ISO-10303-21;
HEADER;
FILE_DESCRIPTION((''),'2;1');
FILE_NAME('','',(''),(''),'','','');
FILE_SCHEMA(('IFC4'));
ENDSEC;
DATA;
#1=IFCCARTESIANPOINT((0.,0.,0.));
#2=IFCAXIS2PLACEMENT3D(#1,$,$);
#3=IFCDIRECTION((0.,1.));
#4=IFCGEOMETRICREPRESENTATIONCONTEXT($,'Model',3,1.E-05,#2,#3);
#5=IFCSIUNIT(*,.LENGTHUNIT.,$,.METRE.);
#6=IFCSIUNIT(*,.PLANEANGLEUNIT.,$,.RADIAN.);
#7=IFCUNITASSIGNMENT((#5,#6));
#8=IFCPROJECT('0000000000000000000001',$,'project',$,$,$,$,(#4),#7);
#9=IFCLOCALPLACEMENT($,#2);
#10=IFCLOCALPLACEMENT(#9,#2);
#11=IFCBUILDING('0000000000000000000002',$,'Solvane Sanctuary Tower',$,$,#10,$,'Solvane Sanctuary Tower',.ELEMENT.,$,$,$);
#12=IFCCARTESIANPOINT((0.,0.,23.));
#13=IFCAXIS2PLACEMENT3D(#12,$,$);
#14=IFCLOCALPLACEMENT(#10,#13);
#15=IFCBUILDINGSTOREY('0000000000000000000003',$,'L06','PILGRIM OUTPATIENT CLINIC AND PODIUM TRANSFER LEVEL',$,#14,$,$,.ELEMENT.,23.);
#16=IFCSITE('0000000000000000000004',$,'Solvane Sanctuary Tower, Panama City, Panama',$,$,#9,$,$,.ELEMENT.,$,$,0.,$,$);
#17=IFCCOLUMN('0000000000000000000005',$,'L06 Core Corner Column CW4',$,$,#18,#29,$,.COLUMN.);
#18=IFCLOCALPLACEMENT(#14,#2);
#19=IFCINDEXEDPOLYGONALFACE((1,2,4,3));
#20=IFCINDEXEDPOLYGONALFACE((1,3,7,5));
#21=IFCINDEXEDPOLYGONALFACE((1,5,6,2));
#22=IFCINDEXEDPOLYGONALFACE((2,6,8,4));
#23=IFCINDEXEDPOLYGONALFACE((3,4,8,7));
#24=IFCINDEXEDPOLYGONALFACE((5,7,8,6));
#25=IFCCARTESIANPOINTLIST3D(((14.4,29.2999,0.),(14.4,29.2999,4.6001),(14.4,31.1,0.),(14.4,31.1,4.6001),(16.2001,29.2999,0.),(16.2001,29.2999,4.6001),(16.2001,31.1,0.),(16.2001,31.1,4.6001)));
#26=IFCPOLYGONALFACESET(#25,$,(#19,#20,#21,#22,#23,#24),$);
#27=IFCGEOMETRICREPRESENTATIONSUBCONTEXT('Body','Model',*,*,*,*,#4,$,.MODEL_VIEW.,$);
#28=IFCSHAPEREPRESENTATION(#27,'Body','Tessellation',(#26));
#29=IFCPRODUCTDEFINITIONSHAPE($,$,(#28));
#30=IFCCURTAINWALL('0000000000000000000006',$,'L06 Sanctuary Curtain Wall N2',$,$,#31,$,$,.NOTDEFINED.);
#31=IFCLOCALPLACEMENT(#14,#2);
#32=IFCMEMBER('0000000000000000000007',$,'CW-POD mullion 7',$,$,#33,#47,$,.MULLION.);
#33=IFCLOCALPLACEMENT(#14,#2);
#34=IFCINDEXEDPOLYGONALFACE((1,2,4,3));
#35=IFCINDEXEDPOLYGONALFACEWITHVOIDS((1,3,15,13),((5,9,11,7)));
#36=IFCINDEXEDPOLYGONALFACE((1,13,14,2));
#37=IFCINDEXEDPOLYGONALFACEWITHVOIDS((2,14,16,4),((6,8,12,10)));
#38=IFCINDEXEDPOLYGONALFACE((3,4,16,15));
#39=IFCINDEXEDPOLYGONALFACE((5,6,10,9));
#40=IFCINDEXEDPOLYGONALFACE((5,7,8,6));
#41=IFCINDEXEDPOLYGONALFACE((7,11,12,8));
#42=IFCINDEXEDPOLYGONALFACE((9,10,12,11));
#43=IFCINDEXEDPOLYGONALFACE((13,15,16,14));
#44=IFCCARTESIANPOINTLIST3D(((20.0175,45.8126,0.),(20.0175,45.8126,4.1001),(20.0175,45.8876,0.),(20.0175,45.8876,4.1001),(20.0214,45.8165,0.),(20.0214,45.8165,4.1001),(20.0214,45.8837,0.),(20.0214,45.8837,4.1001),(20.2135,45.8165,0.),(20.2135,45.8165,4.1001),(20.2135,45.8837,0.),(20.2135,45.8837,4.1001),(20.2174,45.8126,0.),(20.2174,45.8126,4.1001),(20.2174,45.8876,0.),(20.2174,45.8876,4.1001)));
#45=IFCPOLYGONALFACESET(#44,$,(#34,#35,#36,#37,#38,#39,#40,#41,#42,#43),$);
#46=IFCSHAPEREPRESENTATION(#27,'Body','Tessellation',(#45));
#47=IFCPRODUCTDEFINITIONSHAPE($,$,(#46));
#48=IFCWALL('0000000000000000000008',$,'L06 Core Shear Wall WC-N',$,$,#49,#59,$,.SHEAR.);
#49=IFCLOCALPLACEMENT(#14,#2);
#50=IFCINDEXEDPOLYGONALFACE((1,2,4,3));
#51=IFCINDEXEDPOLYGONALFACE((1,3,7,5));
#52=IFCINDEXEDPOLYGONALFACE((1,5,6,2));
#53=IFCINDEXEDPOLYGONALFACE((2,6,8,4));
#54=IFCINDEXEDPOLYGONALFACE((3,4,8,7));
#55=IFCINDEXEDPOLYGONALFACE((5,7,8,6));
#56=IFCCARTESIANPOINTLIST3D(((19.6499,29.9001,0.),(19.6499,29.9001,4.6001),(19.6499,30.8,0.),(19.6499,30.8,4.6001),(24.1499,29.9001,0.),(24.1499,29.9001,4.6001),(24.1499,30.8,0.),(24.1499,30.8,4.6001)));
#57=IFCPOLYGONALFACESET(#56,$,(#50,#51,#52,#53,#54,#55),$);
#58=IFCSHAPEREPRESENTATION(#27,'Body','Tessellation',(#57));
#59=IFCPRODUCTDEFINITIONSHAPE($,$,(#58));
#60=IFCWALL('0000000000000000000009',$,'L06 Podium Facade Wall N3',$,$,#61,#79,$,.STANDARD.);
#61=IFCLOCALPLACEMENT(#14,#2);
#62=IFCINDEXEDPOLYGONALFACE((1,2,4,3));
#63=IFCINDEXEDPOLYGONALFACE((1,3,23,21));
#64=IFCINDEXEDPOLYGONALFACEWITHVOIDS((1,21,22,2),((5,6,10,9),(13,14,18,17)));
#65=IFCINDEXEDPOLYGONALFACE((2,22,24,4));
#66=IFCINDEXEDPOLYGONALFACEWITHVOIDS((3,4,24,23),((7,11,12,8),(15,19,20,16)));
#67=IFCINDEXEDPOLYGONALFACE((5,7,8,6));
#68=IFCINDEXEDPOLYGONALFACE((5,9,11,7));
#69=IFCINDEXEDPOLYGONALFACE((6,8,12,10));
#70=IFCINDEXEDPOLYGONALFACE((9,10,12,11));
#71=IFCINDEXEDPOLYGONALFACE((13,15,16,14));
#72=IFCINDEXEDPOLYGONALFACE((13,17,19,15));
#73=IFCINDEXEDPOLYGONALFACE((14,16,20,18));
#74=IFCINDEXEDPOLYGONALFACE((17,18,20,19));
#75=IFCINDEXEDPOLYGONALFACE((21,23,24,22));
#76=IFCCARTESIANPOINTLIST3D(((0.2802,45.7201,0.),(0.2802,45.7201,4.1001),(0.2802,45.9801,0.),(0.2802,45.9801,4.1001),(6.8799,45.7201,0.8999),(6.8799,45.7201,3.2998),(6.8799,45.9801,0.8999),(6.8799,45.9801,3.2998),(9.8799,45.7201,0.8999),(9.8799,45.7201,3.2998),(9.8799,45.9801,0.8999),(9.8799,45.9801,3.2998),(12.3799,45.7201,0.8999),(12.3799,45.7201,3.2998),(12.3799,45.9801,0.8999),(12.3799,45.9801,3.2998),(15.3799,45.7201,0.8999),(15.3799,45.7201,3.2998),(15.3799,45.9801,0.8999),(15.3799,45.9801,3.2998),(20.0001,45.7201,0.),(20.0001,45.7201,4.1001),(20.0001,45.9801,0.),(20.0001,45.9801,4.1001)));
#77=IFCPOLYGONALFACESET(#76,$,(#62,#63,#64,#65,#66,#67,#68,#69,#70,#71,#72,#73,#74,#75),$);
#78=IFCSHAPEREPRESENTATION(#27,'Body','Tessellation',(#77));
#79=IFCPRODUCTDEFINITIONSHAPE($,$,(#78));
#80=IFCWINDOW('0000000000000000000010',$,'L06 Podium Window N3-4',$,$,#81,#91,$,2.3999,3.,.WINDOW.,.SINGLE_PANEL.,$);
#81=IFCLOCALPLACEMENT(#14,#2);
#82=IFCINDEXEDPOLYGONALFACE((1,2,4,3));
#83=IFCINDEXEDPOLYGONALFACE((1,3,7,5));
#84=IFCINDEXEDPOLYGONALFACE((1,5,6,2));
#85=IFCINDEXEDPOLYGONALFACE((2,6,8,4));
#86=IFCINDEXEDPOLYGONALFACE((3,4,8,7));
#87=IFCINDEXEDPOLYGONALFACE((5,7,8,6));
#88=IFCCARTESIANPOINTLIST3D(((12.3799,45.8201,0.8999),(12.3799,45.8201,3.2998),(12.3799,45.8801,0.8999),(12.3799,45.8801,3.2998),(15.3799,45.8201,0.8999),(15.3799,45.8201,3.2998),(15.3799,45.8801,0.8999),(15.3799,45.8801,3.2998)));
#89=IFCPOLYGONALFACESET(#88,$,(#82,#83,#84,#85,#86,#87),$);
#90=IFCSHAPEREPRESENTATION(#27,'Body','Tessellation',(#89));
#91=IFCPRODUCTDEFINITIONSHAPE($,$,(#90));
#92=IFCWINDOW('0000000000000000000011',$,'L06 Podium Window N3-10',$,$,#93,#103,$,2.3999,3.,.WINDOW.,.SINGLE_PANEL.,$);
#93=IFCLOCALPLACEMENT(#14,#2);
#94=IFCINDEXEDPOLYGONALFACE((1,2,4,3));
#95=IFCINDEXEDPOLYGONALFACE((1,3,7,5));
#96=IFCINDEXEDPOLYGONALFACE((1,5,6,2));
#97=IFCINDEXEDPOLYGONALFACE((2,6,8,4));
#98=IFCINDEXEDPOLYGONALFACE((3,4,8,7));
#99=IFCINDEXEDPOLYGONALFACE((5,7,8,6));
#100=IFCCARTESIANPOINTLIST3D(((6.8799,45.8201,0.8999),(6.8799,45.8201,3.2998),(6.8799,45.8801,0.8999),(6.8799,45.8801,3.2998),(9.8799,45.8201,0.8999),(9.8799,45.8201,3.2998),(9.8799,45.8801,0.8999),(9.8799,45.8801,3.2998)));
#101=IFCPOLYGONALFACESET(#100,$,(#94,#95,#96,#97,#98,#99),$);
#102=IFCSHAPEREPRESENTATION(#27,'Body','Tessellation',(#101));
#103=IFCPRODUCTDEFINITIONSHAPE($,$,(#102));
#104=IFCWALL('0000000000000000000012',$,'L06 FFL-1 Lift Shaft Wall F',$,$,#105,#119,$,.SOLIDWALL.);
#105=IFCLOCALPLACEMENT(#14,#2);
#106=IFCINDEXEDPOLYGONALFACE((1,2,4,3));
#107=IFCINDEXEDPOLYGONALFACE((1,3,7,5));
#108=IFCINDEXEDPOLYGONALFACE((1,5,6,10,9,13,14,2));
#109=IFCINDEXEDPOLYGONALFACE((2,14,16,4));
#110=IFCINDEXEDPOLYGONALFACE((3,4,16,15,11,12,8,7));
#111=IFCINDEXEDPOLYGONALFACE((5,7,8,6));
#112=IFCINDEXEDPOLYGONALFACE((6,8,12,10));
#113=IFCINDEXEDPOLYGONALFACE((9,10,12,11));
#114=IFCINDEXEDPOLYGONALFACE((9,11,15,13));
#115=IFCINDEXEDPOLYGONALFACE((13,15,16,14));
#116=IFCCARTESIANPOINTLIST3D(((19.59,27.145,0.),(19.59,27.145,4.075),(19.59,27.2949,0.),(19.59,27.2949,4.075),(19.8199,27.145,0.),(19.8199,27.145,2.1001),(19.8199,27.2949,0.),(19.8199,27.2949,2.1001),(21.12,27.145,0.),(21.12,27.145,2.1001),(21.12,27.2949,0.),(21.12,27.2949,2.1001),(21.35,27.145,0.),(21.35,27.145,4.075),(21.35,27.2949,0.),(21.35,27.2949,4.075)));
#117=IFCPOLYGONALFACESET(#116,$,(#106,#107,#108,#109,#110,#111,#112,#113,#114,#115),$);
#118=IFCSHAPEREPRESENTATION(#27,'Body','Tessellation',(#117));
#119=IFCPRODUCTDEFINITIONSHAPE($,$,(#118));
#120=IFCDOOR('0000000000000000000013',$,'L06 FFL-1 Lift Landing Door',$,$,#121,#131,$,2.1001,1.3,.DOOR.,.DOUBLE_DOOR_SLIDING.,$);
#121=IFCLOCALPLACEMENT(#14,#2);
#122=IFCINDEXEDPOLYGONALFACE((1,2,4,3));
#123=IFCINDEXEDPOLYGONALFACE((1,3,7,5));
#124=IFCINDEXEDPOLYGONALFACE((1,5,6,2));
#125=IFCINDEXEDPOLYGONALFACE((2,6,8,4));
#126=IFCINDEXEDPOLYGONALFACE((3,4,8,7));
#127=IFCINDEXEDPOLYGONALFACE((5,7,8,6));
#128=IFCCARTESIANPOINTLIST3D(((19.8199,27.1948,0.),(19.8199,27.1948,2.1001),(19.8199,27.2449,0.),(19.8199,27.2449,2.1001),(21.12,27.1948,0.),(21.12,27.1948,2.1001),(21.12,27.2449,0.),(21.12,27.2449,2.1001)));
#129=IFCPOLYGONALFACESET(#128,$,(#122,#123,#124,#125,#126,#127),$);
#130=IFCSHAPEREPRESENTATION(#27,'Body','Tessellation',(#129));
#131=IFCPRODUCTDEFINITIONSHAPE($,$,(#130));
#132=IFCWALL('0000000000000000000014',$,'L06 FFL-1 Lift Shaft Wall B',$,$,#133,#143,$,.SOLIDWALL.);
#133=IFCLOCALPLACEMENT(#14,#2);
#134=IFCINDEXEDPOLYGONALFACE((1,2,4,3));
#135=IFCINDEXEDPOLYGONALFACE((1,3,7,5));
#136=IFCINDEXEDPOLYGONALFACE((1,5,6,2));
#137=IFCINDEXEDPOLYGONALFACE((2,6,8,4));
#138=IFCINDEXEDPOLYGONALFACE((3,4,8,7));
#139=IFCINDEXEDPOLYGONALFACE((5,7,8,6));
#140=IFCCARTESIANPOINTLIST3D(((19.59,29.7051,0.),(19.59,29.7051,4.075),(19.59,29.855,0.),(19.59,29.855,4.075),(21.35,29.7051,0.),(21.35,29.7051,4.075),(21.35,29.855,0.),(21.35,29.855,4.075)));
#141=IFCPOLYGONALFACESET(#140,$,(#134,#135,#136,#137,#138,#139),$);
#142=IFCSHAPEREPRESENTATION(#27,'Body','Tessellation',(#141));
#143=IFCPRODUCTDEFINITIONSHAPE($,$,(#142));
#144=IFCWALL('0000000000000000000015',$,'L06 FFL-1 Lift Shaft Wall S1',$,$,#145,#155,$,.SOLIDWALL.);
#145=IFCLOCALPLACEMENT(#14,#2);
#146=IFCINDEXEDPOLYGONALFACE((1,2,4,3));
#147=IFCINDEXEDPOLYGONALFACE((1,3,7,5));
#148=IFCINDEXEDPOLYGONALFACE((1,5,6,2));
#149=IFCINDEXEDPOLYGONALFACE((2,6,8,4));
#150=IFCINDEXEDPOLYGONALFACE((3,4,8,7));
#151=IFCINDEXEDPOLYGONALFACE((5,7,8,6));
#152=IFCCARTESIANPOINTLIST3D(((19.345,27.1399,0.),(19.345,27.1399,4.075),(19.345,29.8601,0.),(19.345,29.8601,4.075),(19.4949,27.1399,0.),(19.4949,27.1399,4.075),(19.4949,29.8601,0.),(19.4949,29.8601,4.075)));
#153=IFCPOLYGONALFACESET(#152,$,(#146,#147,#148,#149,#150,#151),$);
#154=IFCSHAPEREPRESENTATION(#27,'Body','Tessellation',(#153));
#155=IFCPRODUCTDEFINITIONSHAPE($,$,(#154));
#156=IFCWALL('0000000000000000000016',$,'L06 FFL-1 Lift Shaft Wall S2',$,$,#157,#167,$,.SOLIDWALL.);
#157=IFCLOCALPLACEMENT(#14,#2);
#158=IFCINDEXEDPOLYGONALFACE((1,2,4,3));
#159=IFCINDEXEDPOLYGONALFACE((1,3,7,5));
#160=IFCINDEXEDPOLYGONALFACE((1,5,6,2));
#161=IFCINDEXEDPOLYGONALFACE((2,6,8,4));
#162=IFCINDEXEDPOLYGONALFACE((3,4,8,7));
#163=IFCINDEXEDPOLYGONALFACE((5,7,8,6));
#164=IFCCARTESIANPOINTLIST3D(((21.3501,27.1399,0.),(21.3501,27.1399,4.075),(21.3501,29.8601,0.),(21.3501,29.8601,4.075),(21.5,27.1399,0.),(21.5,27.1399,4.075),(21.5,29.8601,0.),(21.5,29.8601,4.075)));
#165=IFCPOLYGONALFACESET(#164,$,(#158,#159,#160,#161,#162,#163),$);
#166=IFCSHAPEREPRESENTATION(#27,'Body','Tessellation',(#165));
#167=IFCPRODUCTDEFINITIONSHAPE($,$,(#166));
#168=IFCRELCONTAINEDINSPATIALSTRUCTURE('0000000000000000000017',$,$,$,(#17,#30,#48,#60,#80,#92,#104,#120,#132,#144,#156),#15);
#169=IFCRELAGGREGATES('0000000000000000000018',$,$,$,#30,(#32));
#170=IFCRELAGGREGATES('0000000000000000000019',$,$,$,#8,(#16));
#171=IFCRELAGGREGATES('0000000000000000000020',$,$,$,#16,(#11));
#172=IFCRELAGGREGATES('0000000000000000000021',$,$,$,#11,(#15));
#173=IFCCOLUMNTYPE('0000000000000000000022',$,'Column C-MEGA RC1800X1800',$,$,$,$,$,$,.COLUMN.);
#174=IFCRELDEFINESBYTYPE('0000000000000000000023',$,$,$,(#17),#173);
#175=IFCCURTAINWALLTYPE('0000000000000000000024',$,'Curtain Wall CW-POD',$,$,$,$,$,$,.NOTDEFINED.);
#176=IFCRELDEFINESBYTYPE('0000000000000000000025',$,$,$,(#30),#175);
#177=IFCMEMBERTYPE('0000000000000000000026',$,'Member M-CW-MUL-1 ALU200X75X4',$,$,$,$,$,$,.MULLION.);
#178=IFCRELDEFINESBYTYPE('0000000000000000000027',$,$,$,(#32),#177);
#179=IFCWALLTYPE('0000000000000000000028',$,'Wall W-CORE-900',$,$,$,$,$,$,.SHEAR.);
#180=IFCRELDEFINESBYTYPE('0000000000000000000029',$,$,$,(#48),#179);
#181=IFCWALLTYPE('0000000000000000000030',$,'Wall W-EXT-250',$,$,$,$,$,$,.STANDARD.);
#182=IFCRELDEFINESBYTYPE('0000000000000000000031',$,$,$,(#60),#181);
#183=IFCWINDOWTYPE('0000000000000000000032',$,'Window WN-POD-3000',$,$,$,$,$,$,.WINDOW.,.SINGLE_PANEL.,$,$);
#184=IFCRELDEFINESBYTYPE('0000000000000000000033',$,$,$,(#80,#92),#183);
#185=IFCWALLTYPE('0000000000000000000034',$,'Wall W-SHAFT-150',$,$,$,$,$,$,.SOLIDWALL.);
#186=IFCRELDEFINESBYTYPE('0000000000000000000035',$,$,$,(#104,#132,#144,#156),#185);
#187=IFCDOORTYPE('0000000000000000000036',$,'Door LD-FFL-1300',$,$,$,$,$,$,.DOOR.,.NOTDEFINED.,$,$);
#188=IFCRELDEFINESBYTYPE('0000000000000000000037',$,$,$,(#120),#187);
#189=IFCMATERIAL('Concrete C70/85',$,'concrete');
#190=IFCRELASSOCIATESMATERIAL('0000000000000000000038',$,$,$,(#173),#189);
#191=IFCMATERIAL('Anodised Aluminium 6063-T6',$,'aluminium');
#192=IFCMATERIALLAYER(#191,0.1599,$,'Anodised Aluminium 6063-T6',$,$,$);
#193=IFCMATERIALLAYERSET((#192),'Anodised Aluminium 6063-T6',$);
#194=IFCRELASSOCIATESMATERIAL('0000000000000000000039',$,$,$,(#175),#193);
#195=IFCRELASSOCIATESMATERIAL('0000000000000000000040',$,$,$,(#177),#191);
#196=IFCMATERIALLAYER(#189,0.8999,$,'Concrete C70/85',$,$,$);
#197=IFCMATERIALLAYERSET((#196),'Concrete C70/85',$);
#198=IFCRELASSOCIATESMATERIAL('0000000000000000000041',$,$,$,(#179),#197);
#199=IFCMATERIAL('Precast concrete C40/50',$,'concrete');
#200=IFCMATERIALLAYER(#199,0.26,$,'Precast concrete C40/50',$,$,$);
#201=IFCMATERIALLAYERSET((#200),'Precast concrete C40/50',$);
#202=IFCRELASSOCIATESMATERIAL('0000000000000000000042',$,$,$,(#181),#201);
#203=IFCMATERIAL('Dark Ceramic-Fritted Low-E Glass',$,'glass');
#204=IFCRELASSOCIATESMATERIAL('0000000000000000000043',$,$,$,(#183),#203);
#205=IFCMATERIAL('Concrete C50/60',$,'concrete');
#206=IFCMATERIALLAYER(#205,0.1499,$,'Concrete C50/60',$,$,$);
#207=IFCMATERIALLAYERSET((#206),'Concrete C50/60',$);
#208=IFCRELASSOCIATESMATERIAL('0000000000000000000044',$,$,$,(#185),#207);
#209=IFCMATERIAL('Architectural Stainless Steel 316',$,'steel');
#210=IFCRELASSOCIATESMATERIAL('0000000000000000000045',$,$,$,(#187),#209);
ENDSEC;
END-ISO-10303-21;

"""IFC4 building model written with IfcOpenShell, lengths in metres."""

from ifc_helpers import new_model, si_unit, direction, frame, frame_2d, origin, origin_2d, place, context, subcontext, project, spatial, rectangle, hollow_rectangle, extrude, material, layer, layer_set, material_profile, profile_set, type_object, element, fill, aggregate, save


model = new_model("IFC4")

# Units and contexts
model_context = context("Model", 3, precision=1e-05, world=origin(), true_north=direction((0.0, 1.0)))
body_context = subcontext(model_context, "Body", "Model", "MODEL_VIEW")
ifc_project = project(units=[si_unit("LENGTHUNIT", "METRE"), si_unit("PLANEANGLEUNIT", "RADIAN")], contexts=[model_context])

# Site, building, storey
site_placement = place(None, origin())
site = spatial("IfcSite", under=ifc_project, at=site_placement, Name="Solvane Sanctuary Tower, Panama City, Panama", CompositionType="ELEMENT", RefElevation=0.0)
building_placement = place(site_placement, origin())
building = spatial("IfcBuilding", under=site, at=building_placement, Name="Solvane Sanctuary Tower", LongName="Solvane Sanctuary Tower", CompositionType="ELEMENT")
storey_placement = place(building_placement, frame((0.0, 0.0, 23.0)))
storey = spatial("IfcBuildingStorey", under=building, at=storey_placement, Name="L06", Description="PILGRIM OUTPATIENT CLINIC AND PODIUM TRANSFER LEVEL", CompositionType="ELEMENT", Elevation=23.0)

# Column
ifc_material_1 = material(Name="Concrete C70/85", Category="concrete")
ifc_material_profile_1 = material_profile(ifc_material_1, rectangle(XDim=1.8, YDim=1.8, at=origin_2d()), Name="RC1800X1800")
ifc_profile_set_1 = profile_set([ifc_material_profile_1], Name="Concrete C70/85")
column_type = type_object("IfcColumnType", Name="Column C-MEGA RC1800X1800", PredefinedType="COLUMN", material=ifc_profile_set_1)
column_placement = place(storey_placement, frame((15.3, 30.2, 0.0), z_axis=(0.0, 0.0, 1.0), x_axis=(1.0, 0.0, 0.0)))
element("IfcColumn", 1, at=column_placement, inside=storey, type_object=column_type, Name="L06 Core Corner Column CW4", PredefinedType="COLUMN", context=body_context, shape_type="SweptSolid", body=[
    extrude(rectangle(XDim=1.8, YDim=1.8, at=origin_2d()), origin(), (0.0, 0.0, 1.0), 4.6001),
])

# Curtain wall, member
ifc_material_2 = material(Name="Anodised Aluminium 6063-T6", Category="aluminium")
ifc_layer_1 = layer(ifc_material_2, 0.1599, Name="Anodised Aluminium 6063-T6")
ifc_layer_set_1 = layer_set([ifc_layer_1], Name="Anodised Aluminium 6063-T6")
curtain_wall_type = type_object("IfcCurtainWallType", Name="Curtain Wall CW-POD", PredefinedType="NOTDEFINED", material=ifc_layer_set_1)
curtain_wall_placement = place(storey_placement, origin())
curtain_wall = element("IfcCurtainWall", 2, at=curtain_wall_placement, inside=storey, type_object=curtain_wall_type, Name="L06 Sanctuary Curtain Wall N2", PredefinedType="NOTDEFINED")
ifc_material_profile_2 = material_profile(ifc_material_2, hollow_rectangle(XDim=0.075, YDim=0.2, WallThickness=0.0039, at=origin_2d()), Name="ALU200X75X4")
ifc_profile_set_2 = profile_set([ifc_material_profile_2], Name="Anodised Aluminium 6063-T6")
member_type = type_object("IfcMemberType", Name="Member M-CW-MUL-1 ALU200X75X4", PredefinedType="MULLION", material=ifc_profile_set_2)
member_placement = place(storey_placement, frame((20.1174, 45.8501, 0.0), z_axis=(0.0, 0.0, 1.0), x_axis=(0.0, -1.0, 0.0)))
member = element("IfcMember", 3, at=member_placement, type_object=member_type, Name="CW-POD mullion 7", PredefinedType="MULLION", context=body_context, shape_type="SweptSolid", body=[
    extrude(hollow_rectangle(XDim=0.075, YDim=0.2, WallThickness=0.0039, at=origin_2d()), origin(), (0.0, 0.0, 1.0), 4.1001),
])
aggregate(curtain_wall, [member])

# Wall
ifc_layer_2 = layer(ifc_material_1, 0.8999, Name="Concrete C70/85")
ifc_layer_set_2 = layer_set([ifc_layer_2], Name="Concrete C70/85")
wall_type_1 = type_object("IfcWallType", Name="Wall W-CORE-900", PredefinedType="SHEAR", material=ifc_layer_set_2)
wall_1_placement = place(storey_placement, frame((19.6499, 30.3501, 0.0), z_axis=(0.0, 0.0, 1.0), x_axis=(1.0, 0.0, 0.0)))
element("IfcWall", 4, at=wall_1_placement, inside=storey, type_object=wall_type_1, Name="L06 Core Shear Wall WC-N", PredefinedType="SHEAR", context=body_context, shape_type="SweptSolid", body=[
    extrude(rectangle(XDim=4.5, YDim=0.8999, at=frame_2d((2.25, 0.0))), origin(), (0.0, 0.0, 1.0), 4.6001),
])

# Wall, openings, windows
ifc_material_3 = material(Name="Precast concrete C40/50", Category="concrete")
ifc_layer_3 = layer(ifc_material_3, 0.26, Name="Precast concrete C40/50")
ifc_layer_set_3 = layer_set([ifc_layer_3], Name="Precast concrete C40/50")
wall_type_2 = type_object("IfcWallType", Name="Wall W-EXT-250", PredefinedType="STANDARD", material=ifc_layer_set_3)
wall_2_placement = place(storey_placement, frame((20.0, 45.8501, 0.0), z_axis=(0.0, 0.0, 1.0), x_axis=(-1.0, 0.0, 0.0)))
wall_2 = element("IfcWall", 5, at=wall_2_placement, inside=storey, type_object=wall_type_2, Name="L06 Podium Facade Wall N3", PredefinedType="STANDARD", context=body_context, shape_type="SweptSolid", body=[
    extrude(rectangle(XDim=19.72, YDim=0.26, at=frame_2d((9.8599, 0.0))), origin(), (0.0, 0.0, 1.0), 4.1001),
])
opening_1_placement = place(wall_2_placement, frame((4.6201, 0.0, 0.8999)))
opening_1 = element("IfcOpeningElement", 6, at=opening_1_placement, cuts=wall_2, PredefinedType="OPENING", context=body_context, shape_type="SweptSolid", body=[
    extrude(rectangle(XDim=3.0, YDim=2.3999, at=frame_2d((1.5, 1.2))), frame((0.0, 0.1399, 0.0), z_axis=(0.0, -1.0, 0.0), x_axis=(1.0, 0.0, 0.0)), (0.0, 0.0, 1.0), 0.28),
])
opening_2_placement = place(wall_2_placement, frame((10.1201, 0.0, 0.8999)))
opening_2 = element("IfcOpeningElement", 7, at=opening_2_placement, cuts=wall_2, PredefinedType="OPENING", context=body_context, shape_type="SweptSolid", body=[
    extrude(rectangle(XDim=3.0, YDim=2.3999, at=frame_2d((1.5, 1.2))), frame((0.0, 0.1399, 0.0), z_axis=(0.0, -1.0, 0.0), x_axis=(1.0, 0.0, 0.0)), (0.0, 0.0, 1.0), 0.28),
])
ifc_material_4 = material(Name="Dark Ceramic-Fritted Low-E Glass", Category="glass")
window_type = type_object("IfcWindowType", Name="Window WN-POD-3000", PartitioningType="SINGLE_PANEL", PredefinedType="WINDOW", material=ifc_material_4)
window_1_placement = place(opening_1_placement, origin())
window_1 = element("IfcWindow", 8, at=window_1_placement, inside=storey, type_object=window_type, Name="L06 Podium Window N3-4", OverallHeight=2.3999, OverallWidth=3.0, PartitioningType="SINGLE_PANEL", PredefinedType="WINDOW", context=body_context, shape_type="SweptSolid", body=[
    extrude(rectangle(XDim=3.0, YDim=2.3999, at=frame_2d((1.5, 1.2))), frame((0.0, 0.03, 0.0), z_axis=(0.0, -1.0, 0.0), x_axis=(1.0, 0.0, 0.0)), (0.0, 0.0, 1.0), 0.0601),
])
fill(opening_1, window_1)
window_2_placement = place(opening_2_placement, origin())
window_2 = element("IfcWindow", 9, at=window_2_placement, inside=storey, type_object=window_type, Name="L06 Podium Window N3-10", OverallHeight=2.3999, OverallWidth=3.0, PartitioningType="SINGLE_PANEL", PredefinedType="WINDOW", context=body_context, shape_type="SweptSolid", body=[
    extrude(rectangle(XDim=3.0, YDim=2.3999, at=frame_2d((1.5, 1.2))), frame((0.0, 0.03, 0.0), z_axis=(0.0, -1.0, 0.0), x_axis=(1.0, 0.0, 0.0)), (0.0, 0.0, 1.0), 0.0601),
])
fill(opening_2, window_2)

# Wall, opening, door
ifc_material_5 = material(Name="Concrete C50/60", Category="concrete")
ifc_layer_4 = layer(ifc_material_5, 0.1499, Name="Concrete C50/60")
ifc_layer_set_4 = layer_set([ifc_layer_4], Name="Concrete C50/60")
wall_type_3 = type_object("IfcWallType", Name="Wall W-SHAFT-150", PredefinedType="SOLIDWALL", material=ifc_layer_set_4)
wall_3_placement = place(storey_placement, frame((19.5901, 27.22, 0.0), z_axis=(0.0, 0.0, 1.0), x_axis=(1.0, 0.0, 0.0)))
wall_3 = element("IfcWall", 10, at=wall_3_placement, inside=storey, type_object=wall_type_3, Name="L06 FFL-1 Lift Shaft Wall F", PredefinedType="SOLIDWALL", context=body_context, shape_type="SweptSolid", body=[
    extrude(rectangle(XDim=1.76, YDim=0.1499, at=frame_2d((0.8799, 0.0))), origin(), (0.0, 0.0, 1.0), 4.075),
])
opening_3_placement = place(wall_3_placement, frame((0.23, 0.0, 0.0)))
opening_3 = element("IfcOpeningElement", 11, at=opening_3_placement, cuts=wall_3, PredefinedType="OPENING", context=body_context, shape_type="SweptSolid", body=[
    extrude(rectangle(XDim=1.3, YDim=2.1001, at=frame_2d((0.6499, 1.05))), frame((0.0, 0.085, 0.0), z_axis=(0.0, -1.0, 0.0), x_axis=(1.0, 0.0, 0.0)), (0.0, 0.0, 1.0), 0.1699),
])
ifc_material_6 = material(Name="Architectural Stainless Steel 316", Category="steel")
door_type_1 = type_object("IfcDoorType", Name="Door LD-FFL-1300", OperationType="NOTDEFINED", PredefinedType="DOOR", material=ifc_material_6)
door_1_placement = place(opening_3_placement, origin())
door_1 = element("IfcDoor", 12, at=door_1_placement, inside=storey, type_object=door_type_1, Name="L06 FFL-1 Lift Landing Door", OperationType="DOUBLE_DOOR_SLIDING", OverallHeight=2.1001, OverallWidth=1.3, PredefinedType="DOOR", context=body_context, shape_type="SweptSolid", body=[
    extrude(rectangle(XDim=1.3, YDim=2.1001, at=frame_2d((0.6499, 1.05))), frame((0.0, 0.0249, 0.0), z_axis=(0.0, -1.0, 0.0), x_axis=(1.0, 0.0, 0.0)), (0.0, 0.0, 1.0), 0.05),
])
fill(opening_3, door_1)

# Walls
wall_4_placement = place(storey_placement, frame((19.5901, 29.78, 0.0), z_axis=(0.0, 0.0, 1.0), x_axis=(1.0, 0.0, 0.0)))
element("IfcWall", 13, at=wall_4_placement, inside=storey, type_object=wall_type_3, Name="L06 FFL-1 Lift Shaft Wall B", PredefinedType="SOLIDWALL", context=body_context, shape_type="SweptSolid", body=[
    extrude(rectangle(XDim=1.76, YDim=0.1499, at=frame_2d((0.8799, 0.0))), origin(), (0.0, 0.0, 1.0), 4.075),
])
for number, where, z_axis, x_axis, name in (
    (14, (19.4199, 27.1399, 0.0), (0.0, 0.0, 1.0), (0.0, 1.0, 0.0), "L06 FFL-1 Lift Shaft Wall S1"),
    (15, (21.425, 27.1399, 0.0), (0.0, 0.0, 1.0), (0.0, 1.0, 0.0), "L06 FFL-1 Lift Shaft Wall S2"),
):
    element("IfcWall", number, at=place(storey_placement, frame(where, z_axis=z_axis, x_axis=x_axis)), inside=storey, type_object=wall_type_3, Name=name, PredefinedType="SOLIDWALL", context=body_context, shape_type="SweptSolid", body=[
        extrude(rectangle(XDim=2.7202, YDim=0.1499, at=frame_2d((1.3601, 0.0))), origin(), (0.0, 0.0, 1.0), 4.075),
    ])

save(model, "model.ifc")
